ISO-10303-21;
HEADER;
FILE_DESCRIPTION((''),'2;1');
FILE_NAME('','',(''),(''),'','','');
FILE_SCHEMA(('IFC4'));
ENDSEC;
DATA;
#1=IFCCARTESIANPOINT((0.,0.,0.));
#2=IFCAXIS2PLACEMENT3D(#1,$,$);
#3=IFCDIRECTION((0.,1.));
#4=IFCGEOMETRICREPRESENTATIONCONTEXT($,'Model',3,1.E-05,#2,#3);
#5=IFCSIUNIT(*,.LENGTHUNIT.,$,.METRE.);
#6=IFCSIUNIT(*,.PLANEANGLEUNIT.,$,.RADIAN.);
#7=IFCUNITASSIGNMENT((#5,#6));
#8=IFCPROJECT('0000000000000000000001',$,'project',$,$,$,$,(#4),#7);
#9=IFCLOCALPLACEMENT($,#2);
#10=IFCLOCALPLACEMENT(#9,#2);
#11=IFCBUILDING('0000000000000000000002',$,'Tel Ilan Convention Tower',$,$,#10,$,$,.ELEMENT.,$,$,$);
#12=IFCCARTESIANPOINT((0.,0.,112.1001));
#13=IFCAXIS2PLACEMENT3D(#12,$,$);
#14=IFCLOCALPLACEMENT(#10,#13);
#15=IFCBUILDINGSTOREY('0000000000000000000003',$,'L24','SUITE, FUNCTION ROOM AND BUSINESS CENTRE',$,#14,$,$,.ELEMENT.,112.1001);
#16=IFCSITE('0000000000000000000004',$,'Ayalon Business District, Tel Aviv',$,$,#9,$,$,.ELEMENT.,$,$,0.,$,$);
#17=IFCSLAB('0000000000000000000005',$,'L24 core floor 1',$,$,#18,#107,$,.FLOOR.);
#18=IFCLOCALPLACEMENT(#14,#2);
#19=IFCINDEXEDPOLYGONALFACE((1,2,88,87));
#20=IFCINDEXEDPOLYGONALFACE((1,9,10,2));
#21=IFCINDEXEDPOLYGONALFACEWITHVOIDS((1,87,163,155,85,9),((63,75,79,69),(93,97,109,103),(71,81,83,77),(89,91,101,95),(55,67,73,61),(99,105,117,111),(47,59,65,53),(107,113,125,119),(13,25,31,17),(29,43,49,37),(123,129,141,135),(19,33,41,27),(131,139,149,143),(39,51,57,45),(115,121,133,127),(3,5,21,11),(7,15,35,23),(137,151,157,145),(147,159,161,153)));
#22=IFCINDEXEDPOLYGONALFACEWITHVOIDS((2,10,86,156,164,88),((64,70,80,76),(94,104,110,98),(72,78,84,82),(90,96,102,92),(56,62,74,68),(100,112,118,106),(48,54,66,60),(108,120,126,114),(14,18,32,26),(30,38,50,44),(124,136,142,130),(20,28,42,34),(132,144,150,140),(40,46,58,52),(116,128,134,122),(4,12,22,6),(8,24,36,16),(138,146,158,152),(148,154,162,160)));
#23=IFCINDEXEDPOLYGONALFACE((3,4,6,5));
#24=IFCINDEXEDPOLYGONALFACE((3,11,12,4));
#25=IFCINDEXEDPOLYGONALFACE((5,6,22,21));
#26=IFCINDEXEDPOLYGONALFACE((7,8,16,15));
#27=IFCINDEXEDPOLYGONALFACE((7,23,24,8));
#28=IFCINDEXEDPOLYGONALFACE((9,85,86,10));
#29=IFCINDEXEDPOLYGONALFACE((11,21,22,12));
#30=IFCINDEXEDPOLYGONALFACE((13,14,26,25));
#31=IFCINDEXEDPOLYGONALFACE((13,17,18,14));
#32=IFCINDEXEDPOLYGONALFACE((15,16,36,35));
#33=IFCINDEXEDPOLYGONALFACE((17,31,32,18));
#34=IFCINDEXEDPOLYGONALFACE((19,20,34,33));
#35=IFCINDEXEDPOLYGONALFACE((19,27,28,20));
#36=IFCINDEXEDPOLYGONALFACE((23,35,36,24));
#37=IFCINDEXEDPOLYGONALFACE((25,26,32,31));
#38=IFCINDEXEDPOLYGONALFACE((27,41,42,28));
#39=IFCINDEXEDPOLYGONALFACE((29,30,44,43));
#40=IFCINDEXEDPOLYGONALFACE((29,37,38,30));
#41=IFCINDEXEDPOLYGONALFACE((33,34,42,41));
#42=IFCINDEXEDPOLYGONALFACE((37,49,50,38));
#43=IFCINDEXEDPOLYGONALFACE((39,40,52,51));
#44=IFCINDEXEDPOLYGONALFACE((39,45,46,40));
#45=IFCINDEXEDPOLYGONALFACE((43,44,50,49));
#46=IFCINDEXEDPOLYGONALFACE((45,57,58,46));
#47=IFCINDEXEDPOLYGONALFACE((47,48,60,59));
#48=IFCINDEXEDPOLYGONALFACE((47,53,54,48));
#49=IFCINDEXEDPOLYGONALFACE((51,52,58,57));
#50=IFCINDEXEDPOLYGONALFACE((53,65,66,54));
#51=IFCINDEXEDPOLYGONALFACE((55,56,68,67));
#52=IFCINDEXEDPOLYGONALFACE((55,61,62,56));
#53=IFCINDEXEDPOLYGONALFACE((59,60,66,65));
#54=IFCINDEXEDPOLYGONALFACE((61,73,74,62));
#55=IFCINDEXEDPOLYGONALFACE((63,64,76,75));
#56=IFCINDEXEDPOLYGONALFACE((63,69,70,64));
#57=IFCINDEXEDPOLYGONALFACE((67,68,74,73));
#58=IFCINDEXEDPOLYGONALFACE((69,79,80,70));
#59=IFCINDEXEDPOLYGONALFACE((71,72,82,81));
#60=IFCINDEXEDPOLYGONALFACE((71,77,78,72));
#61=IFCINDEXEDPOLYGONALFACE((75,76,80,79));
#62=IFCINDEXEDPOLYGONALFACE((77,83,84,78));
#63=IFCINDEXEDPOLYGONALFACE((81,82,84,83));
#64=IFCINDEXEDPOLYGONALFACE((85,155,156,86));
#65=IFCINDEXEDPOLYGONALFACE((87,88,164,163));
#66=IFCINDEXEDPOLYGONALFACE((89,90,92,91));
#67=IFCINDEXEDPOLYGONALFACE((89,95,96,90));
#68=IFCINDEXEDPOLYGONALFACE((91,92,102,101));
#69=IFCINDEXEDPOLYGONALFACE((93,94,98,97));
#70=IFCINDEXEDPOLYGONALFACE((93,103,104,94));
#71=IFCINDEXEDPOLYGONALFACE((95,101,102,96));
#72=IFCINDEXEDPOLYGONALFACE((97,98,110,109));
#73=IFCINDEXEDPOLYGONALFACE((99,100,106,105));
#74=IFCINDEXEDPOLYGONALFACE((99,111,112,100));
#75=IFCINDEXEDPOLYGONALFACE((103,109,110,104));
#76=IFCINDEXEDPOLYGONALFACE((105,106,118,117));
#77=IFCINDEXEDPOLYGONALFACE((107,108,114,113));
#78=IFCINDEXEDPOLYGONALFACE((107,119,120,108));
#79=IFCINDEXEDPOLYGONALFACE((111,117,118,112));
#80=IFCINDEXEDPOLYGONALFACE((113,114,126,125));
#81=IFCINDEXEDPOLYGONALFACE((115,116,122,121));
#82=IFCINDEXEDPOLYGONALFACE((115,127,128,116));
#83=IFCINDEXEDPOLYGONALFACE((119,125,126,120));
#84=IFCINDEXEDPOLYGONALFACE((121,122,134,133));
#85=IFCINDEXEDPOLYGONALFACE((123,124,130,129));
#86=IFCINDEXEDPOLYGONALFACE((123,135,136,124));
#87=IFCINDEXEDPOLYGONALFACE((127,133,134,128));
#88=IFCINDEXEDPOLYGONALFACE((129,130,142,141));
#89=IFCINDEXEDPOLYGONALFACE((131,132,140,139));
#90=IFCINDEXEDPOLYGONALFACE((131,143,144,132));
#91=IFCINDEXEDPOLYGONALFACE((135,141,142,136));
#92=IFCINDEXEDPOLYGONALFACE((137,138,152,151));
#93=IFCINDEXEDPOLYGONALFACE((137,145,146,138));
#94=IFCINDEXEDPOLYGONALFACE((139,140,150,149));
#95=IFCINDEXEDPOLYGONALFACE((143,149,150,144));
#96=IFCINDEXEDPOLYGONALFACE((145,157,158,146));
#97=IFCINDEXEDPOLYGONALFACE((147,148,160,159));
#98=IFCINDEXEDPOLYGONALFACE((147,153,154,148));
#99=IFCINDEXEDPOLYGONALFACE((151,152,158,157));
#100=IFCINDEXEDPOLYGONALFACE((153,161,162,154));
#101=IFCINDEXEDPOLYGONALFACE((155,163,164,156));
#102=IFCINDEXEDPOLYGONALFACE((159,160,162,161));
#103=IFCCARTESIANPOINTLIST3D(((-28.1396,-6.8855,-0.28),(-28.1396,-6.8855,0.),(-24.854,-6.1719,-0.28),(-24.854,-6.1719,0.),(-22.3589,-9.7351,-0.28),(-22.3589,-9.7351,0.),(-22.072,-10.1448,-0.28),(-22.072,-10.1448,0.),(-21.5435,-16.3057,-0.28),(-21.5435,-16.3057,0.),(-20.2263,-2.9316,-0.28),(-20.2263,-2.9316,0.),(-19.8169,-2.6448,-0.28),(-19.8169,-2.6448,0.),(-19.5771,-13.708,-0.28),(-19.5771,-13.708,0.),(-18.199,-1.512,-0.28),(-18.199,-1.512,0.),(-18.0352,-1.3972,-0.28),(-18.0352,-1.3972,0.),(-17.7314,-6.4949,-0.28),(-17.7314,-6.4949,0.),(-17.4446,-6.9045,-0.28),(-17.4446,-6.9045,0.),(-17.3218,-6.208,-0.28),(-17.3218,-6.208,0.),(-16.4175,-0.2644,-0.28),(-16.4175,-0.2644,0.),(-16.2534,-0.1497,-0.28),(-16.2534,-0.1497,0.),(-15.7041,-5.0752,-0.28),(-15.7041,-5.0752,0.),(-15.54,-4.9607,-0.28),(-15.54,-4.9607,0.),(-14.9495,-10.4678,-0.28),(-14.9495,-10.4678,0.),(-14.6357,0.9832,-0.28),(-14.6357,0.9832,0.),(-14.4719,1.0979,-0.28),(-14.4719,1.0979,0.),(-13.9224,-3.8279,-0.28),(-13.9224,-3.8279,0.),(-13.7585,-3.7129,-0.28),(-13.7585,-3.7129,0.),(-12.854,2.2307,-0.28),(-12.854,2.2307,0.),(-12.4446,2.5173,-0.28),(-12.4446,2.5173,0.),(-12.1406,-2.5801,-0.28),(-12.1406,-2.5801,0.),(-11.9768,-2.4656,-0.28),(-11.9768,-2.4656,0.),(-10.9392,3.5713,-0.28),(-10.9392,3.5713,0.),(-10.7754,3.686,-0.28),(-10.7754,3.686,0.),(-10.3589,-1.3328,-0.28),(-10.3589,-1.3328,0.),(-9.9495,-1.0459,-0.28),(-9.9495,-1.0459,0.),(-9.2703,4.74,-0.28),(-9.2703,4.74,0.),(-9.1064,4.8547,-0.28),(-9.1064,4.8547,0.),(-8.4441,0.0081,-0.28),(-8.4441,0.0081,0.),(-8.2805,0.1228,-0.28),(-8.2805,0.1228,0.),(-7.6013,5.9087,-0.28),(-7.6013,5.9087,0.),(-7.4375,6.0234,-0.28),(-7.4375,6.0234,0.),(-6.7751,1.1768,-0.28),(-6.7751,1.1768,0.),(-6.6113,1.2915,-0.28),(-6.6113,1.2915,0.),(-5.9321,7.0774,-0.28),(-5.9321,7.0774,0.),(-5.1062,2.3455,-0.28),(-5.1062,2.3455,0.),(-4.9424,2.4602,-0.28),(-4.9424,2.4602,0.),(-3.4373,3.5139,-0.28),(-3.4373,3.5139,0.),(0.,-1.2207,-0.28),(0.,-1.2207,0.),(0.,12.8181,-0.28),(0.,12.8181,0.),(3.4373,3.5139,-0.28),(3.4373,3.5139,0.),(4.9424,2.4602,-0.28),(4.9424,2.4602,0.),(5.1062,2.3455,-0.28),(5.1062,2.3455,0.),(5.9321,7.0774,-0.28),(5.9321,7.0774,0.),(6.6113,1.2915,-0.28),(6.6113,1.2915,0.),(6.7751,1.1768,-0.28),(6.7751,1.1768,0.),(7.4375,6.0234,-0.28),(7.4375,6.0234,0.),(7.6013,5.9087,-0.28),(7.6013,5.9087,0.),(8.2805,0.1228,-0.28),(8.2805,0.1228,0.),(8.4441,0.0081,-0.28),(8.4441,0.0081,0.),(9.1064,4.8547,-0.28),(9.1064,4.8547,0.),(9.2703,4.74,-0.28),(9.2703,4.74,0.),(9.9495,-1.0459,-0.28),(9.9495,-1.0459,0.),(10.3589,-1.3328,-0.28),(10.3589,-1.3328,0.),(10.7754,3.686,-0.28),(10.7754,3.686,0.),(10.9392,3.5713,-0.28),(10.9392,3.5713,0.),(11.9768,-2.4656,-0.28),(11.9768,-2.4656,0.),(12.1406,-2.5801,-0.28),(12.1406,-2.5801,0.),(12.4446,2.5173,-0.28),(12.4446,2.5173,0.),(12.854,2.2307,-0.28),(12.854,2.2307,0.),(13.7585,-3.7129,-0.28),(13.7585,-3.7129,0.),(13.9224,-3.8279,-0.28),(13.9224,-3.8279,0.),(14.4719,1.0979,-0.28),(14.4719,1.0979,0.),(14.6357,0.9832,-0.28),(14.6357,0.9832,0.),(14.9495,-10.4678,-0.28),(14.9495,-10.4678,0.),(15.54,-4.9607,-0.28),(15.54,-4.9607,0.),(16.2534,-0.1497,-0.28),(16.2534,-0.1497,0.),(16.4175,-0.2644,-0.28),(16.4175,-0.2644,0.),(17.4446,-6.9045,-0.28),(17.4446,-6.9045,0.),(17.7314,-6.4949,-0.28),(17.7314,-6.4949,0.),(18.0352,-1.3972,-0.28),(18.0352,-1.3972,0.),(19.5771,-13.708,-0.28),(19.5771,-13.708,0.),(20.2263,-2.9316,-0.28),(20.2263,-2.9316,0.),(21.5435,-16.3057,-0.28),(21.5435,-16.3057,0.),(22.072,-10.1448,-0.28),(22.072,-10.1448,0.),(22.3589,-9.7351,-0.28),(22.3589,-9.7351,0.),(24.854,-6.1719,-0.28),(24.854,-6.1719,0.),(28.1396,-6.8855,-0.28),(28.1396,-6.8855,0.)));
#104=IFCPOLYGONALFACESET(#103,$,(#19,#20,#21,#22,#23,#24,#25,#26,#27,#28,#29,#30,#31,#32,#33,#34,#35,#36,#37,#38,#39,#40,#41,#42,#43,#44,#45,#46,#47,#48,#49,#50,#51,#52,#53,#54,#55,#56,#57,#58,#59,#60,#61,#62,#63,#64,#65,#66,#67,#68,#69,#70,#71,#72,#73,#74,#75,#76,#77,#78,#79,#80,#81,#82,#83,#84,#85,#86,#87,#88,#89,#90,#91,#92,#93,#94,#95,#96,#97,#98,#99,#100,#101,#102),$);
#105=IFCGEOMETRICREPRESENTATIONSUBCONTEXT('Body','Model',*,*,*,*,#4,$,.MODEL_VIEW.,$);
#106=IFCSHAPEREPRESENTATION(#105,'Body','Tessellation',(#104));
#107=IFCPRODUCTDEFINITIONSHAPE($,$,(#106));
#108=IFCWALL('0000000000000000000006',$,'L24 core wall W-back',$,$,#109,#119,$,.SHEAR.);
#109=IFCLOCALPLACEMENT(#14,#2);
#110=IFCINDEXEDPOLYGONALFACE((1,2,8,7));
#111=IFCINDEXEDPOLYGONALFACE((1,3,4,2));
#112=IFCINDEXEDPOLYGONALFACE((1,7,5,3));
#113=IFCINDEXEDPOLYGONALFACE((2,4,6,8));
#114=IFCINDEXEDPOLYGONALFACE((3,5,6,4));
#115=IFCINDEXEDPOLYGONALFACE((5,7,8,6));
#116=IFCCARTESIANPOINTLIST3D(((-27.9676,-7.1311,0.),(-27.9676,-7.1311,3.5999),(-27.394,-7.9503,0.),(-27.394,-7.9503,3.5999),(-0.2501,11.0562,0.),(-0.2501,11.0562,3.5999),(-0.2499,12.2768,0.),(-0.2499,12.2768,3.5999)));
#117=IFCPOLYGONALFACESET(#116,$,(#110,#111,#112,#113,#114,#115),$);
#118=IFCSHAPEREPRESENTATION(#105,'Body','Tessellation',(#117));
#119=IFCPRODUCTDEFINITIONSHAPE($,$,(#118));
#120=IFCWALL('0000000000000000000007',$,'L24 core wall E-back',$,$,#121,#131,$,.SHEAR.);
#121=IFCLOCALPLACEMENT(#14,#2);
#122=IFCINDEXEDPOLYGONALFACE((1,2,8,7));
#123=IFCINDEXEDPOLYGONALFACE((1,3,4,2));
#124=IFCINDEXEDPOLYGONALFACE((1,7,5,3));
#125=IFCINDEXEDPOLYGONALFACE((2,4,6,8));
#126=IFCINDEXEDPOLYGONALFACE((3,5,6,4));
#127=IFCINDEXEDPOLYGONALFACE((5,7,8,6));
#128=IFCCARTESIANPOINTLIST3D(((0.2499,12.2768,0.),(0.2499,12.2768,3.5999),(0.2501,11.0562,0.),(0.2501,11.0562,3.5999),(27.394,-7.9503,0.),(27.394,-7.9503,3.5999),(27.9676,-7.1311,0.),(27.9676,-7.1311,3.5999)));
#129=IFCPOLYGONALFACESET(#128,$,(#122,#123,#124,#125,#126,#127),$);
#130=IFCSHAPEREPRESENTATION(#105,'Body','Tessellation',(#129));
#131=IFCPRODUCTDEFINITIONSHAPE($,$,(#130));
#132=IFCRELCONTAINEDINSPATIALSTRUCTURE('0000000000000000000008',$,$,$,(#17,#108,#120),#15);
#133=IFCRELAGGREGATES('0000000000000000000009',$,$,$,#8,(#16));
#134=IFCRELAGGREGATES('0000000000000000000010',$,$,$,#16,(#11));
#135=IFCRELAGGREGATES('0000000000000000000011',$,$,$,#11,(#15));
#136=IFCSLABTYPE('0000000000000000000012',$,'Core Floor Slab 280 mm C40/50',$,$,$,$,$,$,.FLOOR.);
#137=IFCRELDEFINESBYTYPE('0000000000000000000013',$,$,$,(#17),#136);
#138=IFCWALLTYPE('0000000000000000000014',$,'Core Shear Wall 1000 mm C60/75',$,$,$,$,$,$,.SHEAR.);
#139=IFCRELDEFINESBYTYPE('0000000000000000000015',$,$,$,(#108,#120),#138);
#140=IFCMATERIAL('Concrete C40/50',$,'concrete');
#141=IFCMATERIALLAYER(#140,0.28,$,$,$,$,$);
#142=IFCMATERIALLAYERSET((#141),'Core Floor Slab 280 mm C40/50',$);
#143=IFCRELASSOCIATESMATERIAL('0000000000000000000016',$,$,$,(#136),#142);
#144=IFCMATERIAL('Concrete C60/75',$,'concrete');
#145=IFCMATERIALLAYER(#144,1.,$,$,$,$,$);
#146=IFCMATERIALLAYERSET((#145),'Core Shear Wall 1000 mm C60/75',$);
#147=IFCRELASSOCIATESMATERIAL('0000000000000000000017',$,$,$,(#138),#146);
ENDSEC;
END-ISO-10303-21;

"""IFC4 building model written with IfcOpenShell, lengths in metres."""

from ifc_helpers import new_model, si_unit, direction, frame, origin, place, context, subcontext, project, spatial, polyline, outline, extrude, material, layer, layer_set, type_object, element, save


model = new_model("IFC4")

# Units and contexts
model_context = context("Model", 3, precision=1e-05, world=origin(), true_north=direction((0.0, 1.0)))
body_context = subcontext(model_context, "Body", "Model", "MODEL_VIEW")
ifc_project = project(units=[si_unit("LENGTHUNIT", "METRE"), si_unit("PLANEANGLEUNIT", "RADIAN")], contexts=[model_context])

# Site, building, storey
site_placement = place(None, origin())
site = spatial("IfcSite", under=ifc_project, at=site_placement, Name="Ayalon Business District, Tel Aviv", CompositionType="ELEMENT", RefElevation=0.0)
building_placement = place(site_placement, origin())
building = spatial("IfcBuilding", under=site, at=building_placement, Name="Tel Ilan Convention Tower", CompositionType="ELEMENT")
storey_placement = place(building_placement, frame((0.0, 0.0, 112.1001)))
storey = spatial("IfcBuildingStorey", under=building, at=storey_placement, Name="L24", Description="SUITE, FUNCTION ROOM AND BUSINESS CENTRE", CompositionType="ELEMENT", Elevation=112.1001)

# Slab
ifc_material_1 = material(Name="Concrete C40/50", Category="concrete")
ifc_layer_1 = layer(ifc_material_1, 0.28)
ifc_layer_set_1 = layer_set([ifc_layer_1], Name="Core Floor Slab 280 mm C40/50")
slab_type_1 = type_object("IfcSlabType", Name="Core Floor Slab 280 mm C40/50", PredefinedType="FLOOR", material=ifc_layer_set_1)
slab_1_placement = place(storey_placement, frame((0.0, 0.0, -0.28)))
element("IfcSlab", 1, at=slab_1_placement, inside=storey, type_object=slab_type_1, Name="L24 core floor 1", PredefinedType="FLOOR", context=body_context, shape_type="SweptSolid", body=[
    extrude(outline(polyline([(-28.1396, -6.8855), (0.0, 12.8181), (28.1396, -6.8855), (21.5435, -16.3057), (0.0, -1.2207), (-21.5435, -16.3057), (-28.1396, -6.8855)]), holes=[polyline([(-14.9495, -10.4678), (-17.4446, -6.9045), (-22.072, -10.1448), (-19.5771, -13.708), (-14.9495, -10.4678)]), polyline([(-17.7314, -6.4949), (-20.2263, -2.9316), (-24.854, -6.1719), (-22.3589, -9.7351), (-17.7314, -6.4949)]), polyline([(-18.199, -1.512), (-19.8169, -2.6448), (-17.3218, -6.208), (-15.7041, -5.0752), (-18.199, -1.512)]), polyline([(-16.4175, -0.2644), (-18.0352, -1.3972), (-15.54, -4.9607), (-13.9224, -3.8279), (-16.4175, -0.2644)]), polyline([(-14.6357, 0.9832), (-16.2534, -0.1497), (-13.7585, -3.7129), (-12.1406, -2.5801), (-14.6357, 0.9832)]), polyline([(-12.854, 2.2307), (-14.4719, 1.0979), (-11.9768, -2.4656), (-10.3589, -1.3328), (-12.854, 2.2307)]), polyline([(-10.9392, 3.5713), (-12.4446, 2.5173), (-9.9495, -1.0459), (-8.4441, 0.0081), (-10.9392, 3.5713)]), polyline([(-6.7751, 1.1768), (-9.2703, 4.74), (-10.7754, 3.686), (-8.2805, 0.1228), (-6.7751, 1.1768)]), polyline([(-5.1062, 2.3455), (-7.6013, 5.9087), (-9.1064, 4.8547), (-6.6113, 1.2915), (-5.1062, 2.3455)]), polyline([(-5.9321, 7.0774), (-7.4375, 6.0234), (-4.9424, 2.4602), (-3.4373, 3.5139), (-5.9321, 7.0774)]), polyline([(17.4446, -6.9045), (14.9495, -10.4678), (19.5771, -13.708), (22.072, -10.1448), (17.4446, -6.9045)]), polyline([(20.2263, -2.9316), (17.7314, -6.4949), (22.3589, -9.7351), (24.854, -6.1719), (20.2263, -2.9316)]), polyline([(13.9224, -3.8279), (15.54, -4.9607), (18.0352, -1.3972), (16.4175, -0.2644), (13.9224, -3.8279)]), polyline([(12.1406, -2.5801), (13.7585, -3.7129), (16.2534, -0.1497), (14.6357, 0.9832), (12.1406, -2.5801)]), polyline([(11.9768, -2.4656), (14.4719, 1.0979), (12.854, 2.2307), (10.3589, -1.3328), (11.9768, -2.4656)]), polyline([(9.9495, -1.0459), (12.4446, 2.5173), (10.9392, 3.5713), (8.4441, 0.0081), (9.9495, -1.0459)]), polyline([(8.2805, 0.1228), (10.7754, 3.686), (9.2703, 4.74), (6.7751, 1.1768), (8.2805, 0.1228)]), polyline([(5.1062, 2.3455), (6.6113, 1.2915), (9.1064, 4.8547), (7.6013, 5.9087), (5.1062, 2.3455)]), polyline([(3.4373, 3.5139), (4.9424, 2.4602), (7.4375, 6.0234), (5.9321, 7.0774), (3.4373, 3.5139)])]), origin(), (0.0, 0.0, 1.0), 0.28),
])

# Walls
ifc_material_2 = material(Name="Concrete C60/75", Category="concrete")
ifc_layer_2 = layer(ifc_material_2, 1.0)
ifc_layer_set_2 = layer_set([ifc_layer_2], Name="Core Shear Wall 1000 mm C60/75")
wall_type_1 = type_object("IfcWallType", Name="Core Shear Wall 1000 mm C60/75", PredefinedType="SHEAR", material=ifc_layer_set_2)
wall_1_placement = place(storey_placement, frame((0.0369, 11.8672, 0.0), z_axis=(0.0, 0.0, 1.0), x_axis=(-0.819155, -0.573572, 0.0)))
element("IfcWall", 2, at=wall_1_placement, inside=storey, type_object=wall_type_1, Name="L24 core wall W-back", PredefinedType="SHEAR", context=body_context, shape_type="SweptSolid", body=[
    extrude(outline(polyline([(33.8369, 0.5), (0.7002, 0.4998), (0.0, -0.5), (33.8369, -0.5), (33.8369, 0.5)])), origin(), (0.0, 0.0, 1.0), 3.5999),
])
wall_2_placement = place(storey_placement, frame((-0.0369, 11.8672, 0.0), z_axis=(0.0, 0.0, 1.0), x_axis=(0.819155, -0.573572, 0.0)))
element("IfcWall", 3, at=wall_2_placement, inside=storey, type_object=wall_type_1, Name="L24 core wall E-back", PredefinedType="SHEAR", context=body_context, shape_type="SweptSolid", body=[
    extrude(outline(polyline([(33.8369, 0.5), (0.0, 0.5), (0.7002, -0.4998), (33.8369, -0.5), (33.8369, 0.5)])), origin(), (0.0, 0.0, 1.0), 3.5999),
])

save(model, "model.ifc")
